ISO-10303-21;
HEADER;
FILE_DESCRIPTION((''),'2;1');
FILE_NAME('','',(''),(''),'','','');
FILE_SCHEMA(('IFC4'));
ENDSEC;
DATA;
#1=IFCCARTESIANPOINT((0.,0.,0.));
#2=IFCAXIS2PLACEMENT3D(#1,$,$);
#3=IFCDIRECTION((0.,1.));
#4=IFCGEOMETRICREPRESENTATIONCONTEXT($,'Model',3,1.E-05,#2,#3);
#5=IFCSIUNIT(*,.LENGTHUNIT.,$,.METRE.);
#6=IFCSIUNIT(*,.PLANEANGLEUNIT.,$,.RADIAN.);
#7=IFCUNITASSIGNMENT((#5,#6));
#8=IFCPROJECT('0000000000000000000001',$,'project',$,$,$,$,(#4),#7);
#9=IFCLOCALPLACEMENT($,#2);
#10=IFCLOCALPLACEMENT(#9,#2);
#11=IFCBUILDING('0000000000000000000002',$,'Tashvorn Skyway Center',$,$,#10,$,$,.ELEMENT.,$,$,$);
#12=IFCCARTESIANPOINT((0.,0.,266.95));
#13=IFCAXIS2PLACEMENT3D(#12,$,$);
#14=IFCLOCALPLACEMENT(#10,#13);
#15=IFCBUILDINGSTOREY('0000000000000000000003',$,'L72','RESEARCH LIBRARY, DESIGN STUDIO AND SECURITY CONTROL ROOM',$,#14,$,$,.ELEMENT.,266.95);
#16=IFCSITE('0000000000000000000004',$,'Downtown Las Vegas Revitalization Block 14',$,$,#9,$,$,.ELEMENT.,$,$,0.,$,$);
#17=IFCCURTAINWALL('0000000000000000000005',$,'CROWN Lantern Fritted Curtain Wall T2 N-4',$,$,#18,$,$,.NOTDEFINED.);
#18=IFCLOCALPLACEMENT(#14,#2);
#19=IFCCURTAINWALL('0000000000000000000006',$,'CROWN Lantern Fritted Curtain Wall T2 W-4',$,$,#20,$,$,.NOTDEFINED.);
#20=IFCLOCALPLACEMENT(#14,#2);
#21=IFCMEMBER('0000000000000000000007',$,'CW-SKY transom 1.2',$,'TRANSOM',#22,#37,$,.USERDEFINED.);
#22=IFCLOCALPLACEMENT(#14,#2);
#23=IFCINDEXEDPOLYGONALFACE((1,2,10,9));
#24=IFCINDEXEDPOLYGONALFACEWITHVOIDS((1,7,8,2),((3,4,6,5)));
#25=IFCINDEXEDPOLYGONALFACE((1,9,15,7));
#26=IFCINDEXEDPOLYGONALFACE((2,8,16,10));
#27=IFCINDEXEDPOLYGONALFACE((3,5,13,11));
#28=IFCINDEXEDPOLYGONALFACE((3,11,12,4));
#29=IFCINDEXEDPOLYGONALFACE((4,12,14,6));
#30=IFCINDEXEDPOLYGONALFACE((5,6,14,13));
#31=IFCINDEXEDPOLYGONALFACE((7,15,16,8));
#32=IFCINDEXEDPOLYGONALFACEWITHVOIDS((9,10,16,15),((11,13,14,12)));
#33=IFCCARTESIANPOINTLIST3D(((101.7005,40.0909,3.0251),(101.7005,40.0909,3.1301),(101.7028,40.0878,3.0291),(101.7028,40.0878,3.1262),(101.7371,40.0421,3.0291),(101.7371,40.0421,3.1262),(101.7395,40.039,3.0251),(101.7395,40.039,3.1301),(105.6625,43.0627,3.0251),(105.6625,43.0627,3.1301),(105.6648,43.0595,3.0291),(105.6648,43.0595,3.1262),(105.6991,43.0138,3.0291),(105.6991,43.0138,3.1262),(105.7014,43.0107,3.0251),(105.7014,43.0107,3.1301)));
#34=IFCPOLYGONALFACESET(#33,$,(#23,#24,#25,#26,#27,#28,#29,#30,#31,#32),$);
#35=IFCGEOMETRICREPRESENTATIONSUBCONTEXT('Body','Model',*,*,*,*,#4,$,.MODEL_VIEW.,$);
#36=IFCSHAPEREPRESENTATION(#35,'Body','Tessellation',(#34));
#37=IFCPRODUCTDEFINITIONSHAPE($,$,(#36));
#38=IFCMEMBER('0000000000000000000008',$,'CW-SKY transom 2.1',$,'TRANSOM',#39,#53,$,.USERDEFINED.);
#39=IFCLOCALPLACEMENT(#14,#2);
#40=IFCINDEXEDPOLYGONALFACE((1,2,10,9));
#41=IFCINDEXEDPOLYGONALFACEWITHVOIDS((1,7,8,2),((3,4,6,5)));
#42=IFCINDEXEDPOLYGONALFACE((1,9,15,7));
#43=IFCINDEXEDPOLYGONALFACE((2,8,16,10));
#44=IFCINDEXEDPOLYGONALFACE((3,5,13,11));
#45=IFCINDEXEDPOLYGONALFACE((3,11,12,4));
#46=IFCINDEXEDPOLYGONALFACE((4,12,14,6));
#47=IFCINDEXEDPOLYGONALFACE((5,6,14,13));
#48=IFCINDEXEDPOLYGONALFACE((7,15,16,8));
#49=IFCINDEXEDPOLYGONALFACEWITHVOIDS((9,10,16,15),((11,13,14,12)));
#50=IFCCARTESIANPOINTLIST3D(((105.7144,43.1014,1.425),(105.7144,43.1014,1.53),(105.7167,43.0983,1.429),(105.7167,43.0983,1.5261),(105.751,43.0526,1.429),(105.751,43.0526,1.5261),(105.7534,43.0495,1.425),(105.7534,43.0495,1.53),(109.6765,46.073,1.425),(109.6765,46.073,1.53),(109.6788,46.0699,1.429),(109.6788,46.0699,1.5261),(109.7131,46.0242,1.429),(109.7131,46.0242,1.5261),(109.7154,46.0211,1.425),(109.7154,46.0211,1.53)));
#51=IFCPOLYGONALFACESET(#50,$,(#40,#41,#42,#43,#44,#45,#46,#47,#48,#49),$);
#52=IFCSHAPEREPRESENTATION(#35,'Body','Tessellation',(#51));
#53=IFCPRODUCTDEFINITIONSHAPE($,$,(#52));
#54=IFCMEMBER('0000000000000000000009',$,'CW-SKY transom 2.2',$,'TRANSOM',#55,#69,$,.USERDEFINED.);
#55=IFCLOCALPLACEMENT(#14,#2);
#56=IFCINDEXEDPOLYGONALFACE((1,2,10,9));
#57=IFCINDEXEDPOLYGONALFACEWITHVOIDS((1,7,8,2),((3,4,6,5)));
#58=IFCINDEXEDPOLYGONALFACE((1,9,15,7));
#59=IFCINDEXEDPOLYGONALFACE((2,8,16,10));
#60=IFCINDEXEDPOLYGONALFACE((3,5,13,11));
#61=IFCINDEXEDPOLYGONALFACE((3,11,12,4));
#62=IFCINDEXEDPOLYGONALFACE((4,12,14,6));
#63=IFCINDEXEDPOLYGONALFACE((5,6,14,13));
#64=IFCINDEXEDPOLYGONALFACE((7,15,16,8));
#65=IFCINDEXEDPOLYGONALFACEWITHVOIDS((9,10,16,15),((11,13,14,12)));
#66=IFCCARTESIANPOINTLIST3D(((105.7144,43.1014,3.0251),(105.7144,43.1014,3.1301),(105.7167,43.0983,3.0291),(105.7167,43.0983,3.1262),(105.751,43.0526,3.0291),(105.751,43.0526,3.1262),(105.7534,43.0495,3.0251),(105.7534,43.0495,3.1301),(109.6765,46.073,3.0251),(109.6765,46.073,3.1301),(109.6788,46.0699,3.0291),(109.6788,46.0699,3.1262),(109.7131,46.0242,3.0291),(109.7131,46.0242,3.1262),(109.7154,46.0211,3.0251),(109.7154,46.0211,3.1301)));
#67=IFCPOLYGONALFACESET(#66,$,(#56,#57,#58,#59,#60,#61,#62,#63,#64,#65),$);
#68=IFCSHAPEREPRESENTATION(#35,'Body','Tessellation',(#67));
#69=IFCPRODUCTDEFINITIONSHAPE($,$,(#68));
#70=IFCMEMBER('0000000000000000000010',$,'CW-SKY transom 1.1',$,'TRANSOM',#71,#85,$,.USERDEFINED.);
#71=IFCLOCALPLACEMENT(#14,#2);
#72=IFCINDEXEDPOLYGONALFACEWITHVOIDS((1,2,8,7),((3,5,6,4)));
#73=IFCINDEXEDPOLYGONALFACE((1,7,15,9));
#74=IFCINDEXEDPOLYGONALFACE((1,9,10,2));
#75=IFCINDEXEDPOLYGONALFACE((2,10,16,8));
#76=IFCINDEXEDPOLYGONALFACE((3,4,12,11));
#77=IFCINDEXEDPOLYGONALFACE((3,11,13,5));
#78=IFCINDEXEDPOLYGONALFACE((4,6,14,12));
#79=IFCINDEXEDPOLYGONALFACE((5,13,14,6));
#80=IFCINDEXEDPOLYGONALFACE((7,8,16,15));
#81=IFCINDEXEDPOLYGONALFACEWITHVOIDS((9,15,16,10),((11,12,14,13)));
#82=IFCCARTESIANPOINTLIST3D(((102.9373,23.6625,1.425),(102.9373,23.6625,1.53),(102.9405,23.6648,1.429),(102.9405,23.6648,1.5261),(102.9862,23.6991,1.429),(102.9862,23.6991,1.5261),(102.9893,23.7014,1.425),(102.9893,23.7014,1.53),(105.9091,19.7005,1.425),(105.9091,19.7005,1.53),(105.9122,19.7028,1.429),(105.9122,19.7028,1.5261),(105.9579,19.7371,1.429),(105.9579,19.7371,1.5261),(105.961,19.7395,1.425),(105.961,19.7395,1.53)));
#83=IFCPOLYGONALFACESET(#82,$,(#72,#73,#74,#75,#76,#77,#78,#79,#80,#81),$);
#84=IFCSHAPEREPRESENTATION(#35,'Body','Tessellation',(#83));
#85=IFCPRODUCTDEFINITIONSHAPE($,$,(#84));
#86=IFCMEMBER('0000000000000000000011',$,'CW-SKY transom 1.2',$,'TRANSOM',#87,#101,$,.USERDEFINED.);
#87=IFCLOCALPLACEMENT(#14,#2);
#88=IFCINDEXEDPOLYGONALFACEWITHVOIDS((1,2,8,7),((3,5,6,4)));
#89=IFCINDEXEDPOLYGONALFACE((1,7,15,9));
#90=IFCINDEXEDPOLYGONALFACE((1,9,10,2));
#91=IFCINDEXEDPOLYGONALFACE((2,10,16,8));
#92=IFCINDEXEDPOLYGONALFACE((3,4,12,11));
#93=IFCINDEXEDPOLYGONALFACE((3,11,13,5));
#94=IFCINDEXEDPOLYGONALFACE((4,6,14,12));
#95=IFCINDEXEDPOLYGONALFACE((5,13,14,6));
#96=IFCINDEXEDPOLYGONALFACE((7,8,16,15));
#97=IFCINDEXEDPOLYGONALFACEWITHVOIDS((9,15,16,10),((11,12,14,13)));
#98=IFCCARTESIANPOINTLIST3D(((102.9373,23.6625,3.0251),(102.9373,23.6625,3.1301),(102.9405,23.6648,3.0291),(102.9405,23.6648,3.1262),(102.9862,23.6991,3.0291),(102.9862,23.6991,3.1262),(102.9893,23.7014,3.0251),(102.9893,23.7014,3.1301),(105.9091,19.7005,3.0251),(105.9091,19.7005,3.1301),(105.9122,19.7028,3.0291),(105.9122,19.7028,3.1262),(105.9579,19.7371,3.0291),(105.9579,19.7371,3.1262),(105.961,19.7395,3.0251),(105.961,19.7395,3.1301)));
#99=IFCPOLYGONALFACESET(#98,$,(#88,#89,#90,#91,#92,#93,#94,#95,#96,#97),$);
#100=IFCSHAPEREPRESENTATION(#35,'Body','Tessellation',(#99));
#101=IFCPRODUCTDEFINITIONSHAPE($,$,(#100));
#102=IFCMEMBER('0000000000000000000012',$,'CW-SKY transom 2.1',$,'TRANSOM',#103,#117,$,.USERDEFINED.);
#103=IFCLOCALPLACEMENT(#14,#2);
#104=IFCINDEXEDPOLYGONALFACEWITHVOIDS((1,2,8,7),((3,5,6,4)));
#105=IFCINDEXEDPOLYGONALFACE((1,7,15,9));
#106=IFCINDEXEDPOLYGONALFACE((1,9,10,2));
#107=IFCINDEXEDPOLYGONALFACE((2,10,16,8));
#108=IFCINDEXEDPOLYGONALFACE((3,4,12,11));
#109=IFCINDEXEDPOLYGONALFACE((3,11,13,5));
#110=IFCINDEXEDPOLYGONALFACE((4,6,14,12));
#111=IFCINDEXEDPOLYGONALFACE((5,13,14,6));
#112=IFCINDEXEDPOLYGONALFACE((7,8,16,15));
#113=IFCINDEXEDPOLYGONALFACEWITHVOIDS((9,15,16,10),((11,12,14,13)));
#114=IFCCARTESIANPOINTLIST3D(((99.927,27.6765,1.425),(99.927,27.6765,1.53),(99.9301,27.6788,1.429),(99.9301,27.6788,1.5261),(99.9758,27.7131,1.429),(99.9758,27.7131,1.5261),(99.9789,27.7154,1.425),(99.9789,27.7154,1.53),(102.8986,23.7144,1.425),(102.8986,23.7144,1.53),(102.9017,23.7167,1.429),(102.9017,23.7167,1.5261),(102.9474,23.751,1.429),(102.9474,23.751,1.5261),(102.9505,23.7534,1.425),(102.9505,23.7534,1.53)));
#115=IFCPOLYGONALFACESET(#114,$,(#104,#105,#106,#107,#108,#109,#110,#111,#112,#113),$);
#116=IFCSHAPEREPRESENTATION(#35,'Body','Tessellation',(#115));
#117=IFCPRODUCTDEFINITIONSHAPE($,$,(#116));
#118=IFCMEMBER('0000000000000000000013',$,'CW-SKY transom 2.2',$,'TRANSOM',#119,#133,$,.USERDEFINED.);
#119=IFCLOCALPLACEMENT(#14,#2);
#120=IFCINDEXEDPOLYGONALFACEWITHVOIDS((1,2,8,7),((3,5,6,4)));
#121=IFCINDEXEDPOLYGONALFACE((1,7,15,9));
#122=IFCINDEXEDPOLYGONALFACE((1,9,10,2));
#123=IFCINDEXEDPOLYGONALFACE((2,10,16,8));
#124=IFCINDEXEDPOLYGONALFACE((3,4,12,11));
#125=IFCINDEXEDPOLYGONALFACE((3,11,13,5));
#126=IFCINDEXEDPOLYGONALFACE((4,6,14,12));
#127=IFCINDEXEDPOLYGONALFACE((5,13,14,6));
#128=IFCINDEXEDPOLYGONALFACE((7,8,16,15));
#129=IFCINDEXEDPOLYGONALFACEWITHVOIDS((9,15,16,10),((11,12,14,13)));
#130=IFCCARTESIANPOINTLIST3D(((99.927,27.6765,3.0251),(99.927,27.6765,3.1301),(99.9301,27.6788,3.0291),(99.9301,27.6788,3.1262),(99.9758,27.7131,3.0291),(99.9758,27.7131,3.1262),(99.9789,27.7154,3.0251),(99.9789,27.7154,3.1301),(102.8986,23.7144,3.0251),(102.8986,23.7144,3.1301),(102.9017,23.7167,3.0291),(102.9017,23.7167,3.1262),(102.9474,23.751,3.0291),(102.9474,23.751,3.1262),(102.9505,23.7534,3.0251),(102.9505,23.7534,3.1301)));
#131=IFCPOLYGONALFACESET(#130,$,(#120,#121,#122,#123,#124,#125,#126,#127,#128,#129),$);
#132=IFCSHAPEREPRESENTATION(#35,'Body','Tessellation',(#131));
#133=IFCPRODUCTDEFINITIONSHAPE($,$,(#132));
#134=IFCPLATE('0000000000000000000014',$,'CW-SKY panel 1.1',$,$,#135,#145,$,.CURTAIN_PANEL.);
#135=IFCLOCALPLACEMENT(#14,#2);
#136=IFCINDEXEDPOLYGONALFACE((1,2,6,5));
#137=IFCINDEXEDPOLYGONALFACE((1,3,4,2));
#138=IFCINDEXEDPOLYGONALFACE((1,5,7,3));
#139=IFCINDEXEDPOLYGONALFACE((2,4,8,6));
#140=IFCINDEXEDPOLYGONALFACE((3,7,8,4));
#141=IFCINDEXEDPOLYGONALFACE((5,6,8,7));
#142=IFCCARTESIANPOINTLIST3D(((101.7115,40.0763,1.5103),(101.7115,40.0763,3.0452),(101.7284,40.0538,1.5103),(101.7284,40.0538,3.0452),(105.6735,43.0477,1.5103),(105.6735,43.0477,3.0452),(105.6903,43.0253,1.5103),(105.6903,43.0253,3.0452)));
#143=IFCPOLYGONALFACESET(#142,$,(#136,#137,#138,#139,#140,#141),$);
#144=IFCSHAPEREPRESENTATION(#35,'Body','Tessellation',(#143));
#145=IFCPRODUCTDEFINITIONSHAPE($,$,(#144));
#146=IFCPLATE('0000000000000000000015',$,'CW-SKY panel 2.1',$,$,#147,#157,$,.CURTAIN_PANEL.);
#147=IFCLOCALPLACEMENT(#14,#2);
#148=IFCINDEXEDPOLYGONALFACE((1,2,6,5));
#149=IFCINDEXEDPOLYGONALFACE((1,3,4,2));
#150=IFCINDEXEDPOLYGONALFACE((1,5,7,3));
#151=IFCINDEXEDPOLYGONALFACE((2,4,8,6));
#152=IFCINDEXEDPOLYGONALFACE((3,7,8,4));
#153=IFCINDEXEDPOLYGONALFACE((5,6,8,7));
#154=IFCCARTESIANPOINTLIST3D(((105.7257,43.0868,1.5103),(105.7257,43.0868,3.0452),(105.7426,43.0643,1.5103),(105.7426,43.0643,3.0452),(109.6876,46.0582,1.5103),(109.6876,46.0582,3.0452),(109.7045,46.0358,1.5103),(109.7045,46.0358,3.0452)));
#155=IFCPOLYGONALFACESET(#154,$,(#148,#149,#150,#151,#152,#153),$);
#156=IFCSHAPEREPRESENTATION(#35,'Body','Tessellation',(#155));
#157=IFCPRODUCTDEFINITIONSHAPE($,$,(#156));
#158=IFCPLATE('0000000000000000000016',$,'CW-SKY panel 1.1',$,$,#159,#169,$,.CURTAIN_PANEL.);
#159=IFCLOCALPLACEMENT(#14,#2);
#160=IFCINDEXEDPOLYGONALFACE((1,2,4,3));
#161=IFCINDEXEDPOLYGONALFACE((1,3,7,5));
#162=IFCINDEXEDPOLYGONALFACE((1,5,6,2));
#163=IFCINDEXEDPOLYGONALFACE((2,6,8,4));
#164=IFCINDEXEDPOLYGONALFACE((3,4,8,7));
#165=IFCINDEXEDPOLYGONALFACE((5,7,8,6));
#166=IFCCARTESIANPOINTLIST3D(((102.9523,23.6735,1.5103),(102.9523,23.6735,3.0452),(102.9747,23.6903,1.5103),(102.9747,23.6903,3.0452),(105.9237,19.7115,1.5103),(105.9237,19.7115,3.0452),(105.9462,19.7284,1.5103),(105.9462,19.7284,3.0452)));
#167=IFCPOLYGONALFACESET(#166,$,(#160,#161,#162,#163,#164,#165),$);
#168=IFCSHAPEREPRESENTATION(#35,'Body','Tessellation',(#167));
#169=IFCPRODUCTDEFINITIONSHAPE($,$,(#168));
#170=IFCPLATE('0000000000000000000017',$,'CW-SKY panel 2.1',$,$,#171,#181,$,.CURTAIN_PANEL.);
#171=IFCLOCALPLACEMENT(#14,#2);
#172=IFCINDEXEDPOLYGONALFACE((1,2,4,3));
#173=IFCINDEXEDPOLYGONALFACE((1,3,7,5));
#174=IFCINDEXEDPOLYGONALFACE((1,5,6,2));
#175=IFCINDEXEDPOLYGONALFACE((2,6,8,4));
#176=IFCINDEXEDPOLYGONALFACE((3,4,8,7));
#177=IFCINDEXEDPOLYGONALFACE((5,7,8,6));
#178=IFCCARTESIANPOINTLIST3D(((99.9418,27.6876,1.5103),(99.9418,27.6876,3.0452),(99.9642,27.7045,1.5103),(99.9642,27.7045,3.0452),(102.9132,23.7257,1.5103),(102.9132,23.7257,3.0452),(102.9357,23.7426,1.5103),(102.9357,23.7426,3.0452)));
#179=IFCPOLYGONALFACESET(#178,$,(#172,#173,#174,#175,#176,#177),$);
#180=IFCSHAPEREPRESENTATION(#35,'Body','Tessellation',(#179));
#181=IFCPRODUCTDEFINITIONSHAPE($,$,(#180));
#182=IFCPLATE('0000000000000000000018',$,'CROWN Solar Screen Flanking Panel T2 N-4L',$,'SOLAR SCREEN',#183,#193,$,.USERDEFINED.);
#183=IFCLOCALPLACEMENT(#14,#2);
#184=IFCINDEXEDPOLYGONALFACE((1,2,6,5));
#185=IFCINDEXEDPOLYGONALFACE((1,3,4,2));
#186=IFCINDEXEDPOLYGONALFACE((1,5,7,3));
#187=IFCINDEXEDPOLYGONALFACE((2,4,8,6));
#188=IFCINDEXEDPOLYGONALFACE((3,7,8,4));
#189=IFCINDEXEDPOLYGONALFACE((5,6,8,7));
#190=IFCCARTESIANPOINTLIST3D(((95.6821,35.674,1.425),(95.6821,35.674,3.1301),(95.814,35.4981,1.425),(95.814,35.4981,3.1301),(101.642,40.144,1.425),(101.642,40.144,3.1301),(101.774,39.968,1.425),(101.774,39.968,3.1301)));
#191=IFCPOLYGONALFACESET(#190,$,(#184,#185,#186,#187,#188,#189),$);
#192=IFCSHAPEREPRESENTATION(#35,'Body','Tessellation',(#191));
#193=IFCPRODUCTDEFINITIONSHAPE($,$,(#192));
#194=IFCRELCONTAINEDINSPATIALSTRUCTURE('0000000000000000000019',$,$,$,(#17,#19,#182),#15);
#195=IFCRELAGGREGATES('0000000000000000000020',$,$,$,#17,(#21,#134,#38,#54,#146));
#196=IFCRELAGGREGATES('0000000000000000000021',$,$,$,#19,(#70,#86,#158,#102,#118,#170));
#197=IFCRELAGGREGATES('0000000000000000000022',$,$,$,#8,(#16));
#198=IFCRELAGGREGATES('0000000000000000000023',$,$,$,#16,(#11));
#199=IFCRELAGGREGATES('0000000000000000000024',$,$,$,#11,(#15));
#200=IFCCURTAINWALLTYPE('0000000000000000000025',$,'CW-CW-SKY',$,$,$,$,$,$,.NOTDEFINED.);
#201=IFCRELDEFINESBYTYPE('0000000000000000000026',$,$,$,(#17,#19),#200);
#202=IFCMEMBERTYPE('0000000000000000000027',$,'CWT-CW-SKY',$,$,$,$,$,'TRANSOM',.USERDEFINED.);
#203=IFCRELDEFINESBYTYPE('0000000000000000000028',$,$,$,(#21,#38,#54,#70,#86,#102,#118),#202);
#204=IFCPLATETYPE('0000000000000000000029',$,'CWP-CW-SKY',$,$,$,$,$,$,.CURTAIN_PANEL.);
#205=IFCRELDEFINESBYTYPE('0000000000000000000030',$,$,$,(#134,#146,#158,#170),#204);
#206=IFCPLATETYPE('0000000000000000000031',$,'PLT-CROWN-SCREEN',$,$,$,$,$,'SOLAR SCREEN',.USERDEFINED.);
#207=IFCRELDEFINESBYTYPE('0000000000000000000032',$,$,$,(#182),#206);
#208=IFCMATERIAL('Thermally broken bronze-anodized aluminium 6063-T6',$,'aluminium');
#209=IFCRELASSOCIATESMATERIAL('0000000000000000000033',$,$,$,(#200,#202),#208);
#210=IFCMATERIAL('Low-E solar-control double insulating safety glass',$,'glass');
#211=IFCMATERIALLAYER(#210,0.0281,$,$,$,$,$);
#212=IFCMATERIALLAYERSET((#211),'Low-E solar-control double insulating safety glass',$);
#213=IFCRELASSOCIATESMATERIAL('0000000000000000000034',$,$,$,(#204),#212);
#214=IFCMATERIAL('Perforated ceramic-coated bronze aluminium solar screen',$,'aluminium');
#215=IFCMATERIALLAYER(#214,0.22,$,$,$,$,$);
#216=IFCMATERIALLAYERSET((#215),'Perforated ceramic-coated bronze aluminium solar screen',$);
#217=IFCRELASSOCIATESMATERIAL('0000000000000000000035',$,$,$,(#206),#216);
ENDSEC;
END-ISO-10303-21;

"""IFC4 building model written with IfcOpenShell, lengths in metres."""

from ifc_helpers import new_model, si_unit, direction, frame, origin, origin_2d, place, context, subcontext, project, spatial, rectangle, hollow_rectangle, extrude, material, layer, layer_set, material_profile, profile_set, type_object, element, aggregate, save


model = new_model("IFC4")

# Units and contexts
model_context = context("Model", 3, precision=1e-05, world=origin(), true_north=direction((0.0, 1.0)))
body_context = subcontext(model_context, "Body", "Model", "MODEL_VIEW")
ifc_project = project(units=[si_unit("LENGTHUNIT", "METRE"), si_unit("PLANEANGLEUNIT", "RADIAN")], contexts=[model_context])

# Site, building, storey
site_placement = place(None, origin())
site = spatial("IfcSite", under=ifc_project, at=site_placement, Name="Downtown Las Vegas Revitalization Block 14", CompositionType="ELEMENT", RefElevation=0.0)
building_placement = place(site_placement, origin())
building = spatial("IfcBuilding", under=site, at=building_placement, Name="Tashvorn Skyway Center", CompositionType="ELEMENT")
storey_placement = place(building_placement, frame((0.0, 0.0, 266.95)))
storey = spatial("IfcBuildingStorey", under=building, at=storey_placement, Name="L72", Description="RESEARCH LIBRARY, DESIGN STUDIO AND SECURITY CONTROL ROOM", CompositionType="ELEMENT", Elevation=266.95)

# Curtain walls
ifc_material_1 = material(Name="Thermally broken bronze-anodized aluminium 6063-T6", Category="aluminium")
curtain_wall_type = type_object("IfcCurtainWallType", Name="CW-CW-SKY", PredefinedType="NOTDEFINED", material=ifc_material_1)
curtain_wall_1_placement = place(storey_placement, origin())
curtain_wall_1 = element("IfcCurtainWall", 1, at=curtain_wall_1_placement, inside=storey, type_object=curtain_wall_type, Name="CROWN Lantern Fritted Curtain Wall T2 N-4", PredefinedType="NOTDEFINED")
curtain_wall_2_placement = place(storey_placement, origin())
curtain_wall_2 = element("IfcCurtainWall", 2, at=curtain_wall_2_placement, inside=storey, type_object=curtain_wall_type, Name="CROWN Lantern Fritted Curtain Wall T2 W-4", PredefinedType="NOTDEFINED")

# Members
ifc_material_profile_1 = material_profile(ifc_material_1, hollow_rectangle(XDim=0.0649, YDim=0.105, WallThickness=0.0039, at=origin_2d()), Name="ALU-TRAN-65x105")
ifc_profile_set_1 = profile_set([ifc_material_profile_1], Name="Thermally broken bronze-anodized aluminium 6063-T6")
member_type_1 = type_object("IfcMemberType", Name="CWT-CW-SKY", ElementType="TRANSOM", PredefinedType="USERDEFINED", material=ifc_profile_set_1)
member_1_placement = place(storey_placement, frame((101.72, 40.0649, 3.0776), z_axis=(0.799976, 0.600032, 0.0), x_axis=(-0.600032, 0.799976, 0.0)))
member_1 = element("IfcMember", 3, at=member_1_placement, type_object=member_type_1, Name="CW-SKY transom 1.2", ObjectType="TRANSOM", PredefinedType="USERDEFINED", context=body_context, shape_type="SweptSolid", body=[
    extrude(hollow_rectangle(XDim=0.0649, YDim=0.105, WallThickness=0.0039, at=origin_2d()), origin(), (0.0, 0.0, 1.0), 4.9526),
])
member_2_placement = place(storey_placement, frame((105.7339, 43.0754, 1.4775), z_axis=(0.799994, 0.600008, 0.0), x_axis=(-0.600008, 0.799994, 0.0)))
member_2 = element("IfcMember", 4, at=member_2_placement, type_object=member_type_1, Name="CW-SKY transom 2.1", ObjectType="TRANSOM", PredefinedType="USERDEFINED", context=body_context, shape_type="SweptSolid", body=[
    extrude(hollow_rectangle(XDim=0.0649, YDim=0.105, WallThickness=0.0039, at=origin_2d()), origin(), (0.0, 0.0, 1.0), 4.9526),
])
member_3_placement = place(storey_placement, frame((105.7339, 43.0754, 3.0776), z_axis=(0.799994, 0.600008, 0.0), x_axis=(-0.600008, 0.799994, 0.0)))
member_3 = element("IfcMember", 5, at=member_3_placement, type_object=member_type_1, Name="CW-SKY transom 2.2", ObjectType="TRANSOM", PredefinedType="USERDEFINED", context=body_context, shape_type="SweptSolid", body=[
    extrude(hollow_rectangle(XDim=0.0649, YDim=0.105, WallThickness=0.0039, at=origin_2d()), origin(), (0.0, 0.0, 1.0), 4.9526),
])
member_4_placement = place(storey_placement, frame((105.9351, 19.72, 1.4775), z_axis=(-0.600032, 0.799976, 0.0), x_axis=(-0.799976, -0.600032, 0.0)))
member_4 = element("IfcMember", 6, at=member_4_placement, type_object=member_type_1, Name="CW-SKY transom 1.1", ObjectType="TRANSOM", PredefinedType="USERDEFINED", context=body_context, shape_type="SweptSolid", body=[
    extrude(hollow_rectangle(XDim=0.0649, YDim=0.105, WallThickness=0.0039, at=origin_2d()), origin(), (0.0, 0.0, 1.0), 4.9526),
])
member_5_placement = place(storey_placement, frame((105.9351, 19.72, 3.0776), z_axis=(-0.600032, 0.799976, 0.0), x_axis=(-0.799976, -0.600032, 0.0)))
member_5 = element("IfcMember", 7, at=member_5_placement, type_object=member_type_1, Name="CW-SKY transom 1.2", ObjectType="TRANSOM", PredefinedType="USERDEFINED", context=body_context, shape_type="SweptSolid", body=[
    extrude(hollow_rectangle(XDim=0.0649, YDim=0.105, WallThickness=0.0039, at=origin_2d()), origin(), (0.0, 0.0, 1.0), 4.9526),
])
member_6_placement = place(storey_placement, frame((102.9246, 23.7339, 1.4775), z_axis=(-0.600008, 0.799994, 0.0), x_axis=(-0.799994, -0.600008, 0.0)))
member_6 = element("IfcMember", 8, at=member_6_placement, type_object=member_type_1, Name="CW-SKY transom 2.1", ObjectType="TRANSOM", PredefinedType="USERDEFINED", context=body_context, shape_type="SweptSolid", body=[
    extrude(hollow_rectangle(XDim=0.0649, YDim=0.105, WallThickness=0.0039, at=origin_2d()), origin(), (0.0, 0.0, 1.0), 4.9526),
])
member_7_placement = place(storey_placement, frame((102.9246, 23.7339, 3.0776), z_axis=(-0.600008, 0.799994, 0.0), x_axis=(-0.799994, -0.600008, 0.0)))
member_7 = element("IfcMember", 9, at=member_7_placement, type_object=member_type_1, Name="CW-SKY transom 2.2", ObjectType="TRANSOM", PredefinedType="USERDEFINED", context=body_context, shape_type="SweptSolid", body=[
    extrude(hollow_rectangle(XDim=0.0649, YDim=0.105, WallThickness=0.0039, at=origin_2d()), origin(), (0.0, 0.0, 1.0), 4.9526),
])

# Plates
ifc_material_2 = material(Name="Low-E solar-control double insulating safety glass", Category="glass")
ifc_layer_1 = layer(ifc_material_2, 0.0281)
ifc_layer_set_1 = layer_set([ifc_layer_1], Name="Low-E solar-control double insulating safety glass")
plate_type_1 = type_object("IfcPlateType", Name="CWP-CW-SKY", PredefinedType="CURTAIN_PANEL", material=ifc_layer_set_1)
plate_1_placement = place(storey_placement, frame((103.7009, 41.5508, 1.5103), z_axis=(0.0, 0.0, 1.0), x_axis=(0.8, 0.6, 0.0)))
plate_1 = element("IfcPlate", 10, at=plate_1_placement, type_object=plate_type_1, Name="CW-SKY panel 1.1", PredefinedType="CURTAIN_PANEL", context=body_context, shape_type="SweptSolid", body=[
    extrude(rectangle(XDim=4.9524, YDim=0.0281, at=origin_2d()), origin(), (0.0, 0.0, 1.0), 1.5349),
])
plate_2_placement = place(storey_placement, frame((107.7151, 44.5613, 1.5103), z_axis=(0.0, 0.0, 1.0), x_axis=(0.8, 0.6, 0.0)))
plate_2 = element("IfcPlate", 11, at=plate_2_placement, type_object=plate_type_1, Name="CW-SKY panel 2.1", PredefinedType="CURTAIN_PANEL", context=body_context, shape_type="SweptSolid", body=[
    extrude(rectangle(XDim=4.9524, YDim=0.0281, at=origin_2d()), origin(), (0.0, 0.0, 1.0), 1.5349),
])
aggregate(curtain_wall_1, [member_1, plate_1, member_2, member_3, plate_2])
plate_3_placement = place(storey_placement, frame((104.4492, 21.7009, 1.5103), z_axis=(0.0, 0.0, 1.0), x_axis=(-0.6, 0.8, 0.0)))
plate_3 = element("IfcPlate", 12, at=plate_3_placement, type_object=plate_type_1, Name="CW-SKY panel 1.1", PredefinedType="CURTAIN_PANEL", context=body_context, shape_type="SweptSolid", body=[
    extrude(rectangle(XDim=4.9524, YDim=0.0281, at=origin_2d()), origin(), (0.0, 0.0, 1.0), 1.5349),
])
plate_4_placement = place(storey_placement, frame((101.4387, 25.7151, 1.5103), z_axis=(0.0, 0.0, 1.0), x_axis=(-0.6, 0.8, 0.0)))
plate_4 = element("IfcPlate", 13, at=plate_4_placement, type_object=plate_type_1, Name="CW-SKY panel 2.1", PredefinedType="CURTAIN_PANEL", context=body_context, shape_type="SweptSolid", body=[
    extrude(rectangle(XDim=4.9524, YDim=0.0281, at=origin_2d()), origin(), (0.0, 0.0, 1.0), 1.5349),
])
aggregate(curtain_wall_2, [member_4, member_5, plate_3, member_6, member_7, plate_4])

# Plate
ifc_material_3 = material(Name="Perforated ceramic-coated bronze aluminium solar screen", Category="aluminium")
ifc_layer_2 = layer(ifc_material_3, 0.22)
ifc_layer_set_2 = layer_set([ifc_layer_2], Name="Perforated ceramic-coated bronze aluminium solar screen")
plate_type_2 = type_object("IfcPlateType", Name="PLT-CROWN-SCREEN", ElementType="SOLAR SCREEN", PredefinedType="USERDEFINED", material=ifc_layer_set_2)
plate_5_placement = place(storey_placement, frame((98.728, 37.821, 1.425), z_axis=(0.0, 0.0, 1.0), x_axis=(-0.8, -0.6, 0.0)))
element("IfcPlate", 14, at=plate_5_placement, inside=storey, type_object=plate_type_2, Name="CROWN Solar Screen Flanking Panel T2 N-4L", ObjectType="SOLAR SCREEN", PredefinedType="USERDEFINED", context=body_context, shape_type="SweptSolid", body=[
    extrude(rectangle(XDim=7.45, YDim=0.22, at=origin_2d()), origin(), (0.0, 0.0, 1.0), 1.7051),
])

save(model, "model.ifc")
